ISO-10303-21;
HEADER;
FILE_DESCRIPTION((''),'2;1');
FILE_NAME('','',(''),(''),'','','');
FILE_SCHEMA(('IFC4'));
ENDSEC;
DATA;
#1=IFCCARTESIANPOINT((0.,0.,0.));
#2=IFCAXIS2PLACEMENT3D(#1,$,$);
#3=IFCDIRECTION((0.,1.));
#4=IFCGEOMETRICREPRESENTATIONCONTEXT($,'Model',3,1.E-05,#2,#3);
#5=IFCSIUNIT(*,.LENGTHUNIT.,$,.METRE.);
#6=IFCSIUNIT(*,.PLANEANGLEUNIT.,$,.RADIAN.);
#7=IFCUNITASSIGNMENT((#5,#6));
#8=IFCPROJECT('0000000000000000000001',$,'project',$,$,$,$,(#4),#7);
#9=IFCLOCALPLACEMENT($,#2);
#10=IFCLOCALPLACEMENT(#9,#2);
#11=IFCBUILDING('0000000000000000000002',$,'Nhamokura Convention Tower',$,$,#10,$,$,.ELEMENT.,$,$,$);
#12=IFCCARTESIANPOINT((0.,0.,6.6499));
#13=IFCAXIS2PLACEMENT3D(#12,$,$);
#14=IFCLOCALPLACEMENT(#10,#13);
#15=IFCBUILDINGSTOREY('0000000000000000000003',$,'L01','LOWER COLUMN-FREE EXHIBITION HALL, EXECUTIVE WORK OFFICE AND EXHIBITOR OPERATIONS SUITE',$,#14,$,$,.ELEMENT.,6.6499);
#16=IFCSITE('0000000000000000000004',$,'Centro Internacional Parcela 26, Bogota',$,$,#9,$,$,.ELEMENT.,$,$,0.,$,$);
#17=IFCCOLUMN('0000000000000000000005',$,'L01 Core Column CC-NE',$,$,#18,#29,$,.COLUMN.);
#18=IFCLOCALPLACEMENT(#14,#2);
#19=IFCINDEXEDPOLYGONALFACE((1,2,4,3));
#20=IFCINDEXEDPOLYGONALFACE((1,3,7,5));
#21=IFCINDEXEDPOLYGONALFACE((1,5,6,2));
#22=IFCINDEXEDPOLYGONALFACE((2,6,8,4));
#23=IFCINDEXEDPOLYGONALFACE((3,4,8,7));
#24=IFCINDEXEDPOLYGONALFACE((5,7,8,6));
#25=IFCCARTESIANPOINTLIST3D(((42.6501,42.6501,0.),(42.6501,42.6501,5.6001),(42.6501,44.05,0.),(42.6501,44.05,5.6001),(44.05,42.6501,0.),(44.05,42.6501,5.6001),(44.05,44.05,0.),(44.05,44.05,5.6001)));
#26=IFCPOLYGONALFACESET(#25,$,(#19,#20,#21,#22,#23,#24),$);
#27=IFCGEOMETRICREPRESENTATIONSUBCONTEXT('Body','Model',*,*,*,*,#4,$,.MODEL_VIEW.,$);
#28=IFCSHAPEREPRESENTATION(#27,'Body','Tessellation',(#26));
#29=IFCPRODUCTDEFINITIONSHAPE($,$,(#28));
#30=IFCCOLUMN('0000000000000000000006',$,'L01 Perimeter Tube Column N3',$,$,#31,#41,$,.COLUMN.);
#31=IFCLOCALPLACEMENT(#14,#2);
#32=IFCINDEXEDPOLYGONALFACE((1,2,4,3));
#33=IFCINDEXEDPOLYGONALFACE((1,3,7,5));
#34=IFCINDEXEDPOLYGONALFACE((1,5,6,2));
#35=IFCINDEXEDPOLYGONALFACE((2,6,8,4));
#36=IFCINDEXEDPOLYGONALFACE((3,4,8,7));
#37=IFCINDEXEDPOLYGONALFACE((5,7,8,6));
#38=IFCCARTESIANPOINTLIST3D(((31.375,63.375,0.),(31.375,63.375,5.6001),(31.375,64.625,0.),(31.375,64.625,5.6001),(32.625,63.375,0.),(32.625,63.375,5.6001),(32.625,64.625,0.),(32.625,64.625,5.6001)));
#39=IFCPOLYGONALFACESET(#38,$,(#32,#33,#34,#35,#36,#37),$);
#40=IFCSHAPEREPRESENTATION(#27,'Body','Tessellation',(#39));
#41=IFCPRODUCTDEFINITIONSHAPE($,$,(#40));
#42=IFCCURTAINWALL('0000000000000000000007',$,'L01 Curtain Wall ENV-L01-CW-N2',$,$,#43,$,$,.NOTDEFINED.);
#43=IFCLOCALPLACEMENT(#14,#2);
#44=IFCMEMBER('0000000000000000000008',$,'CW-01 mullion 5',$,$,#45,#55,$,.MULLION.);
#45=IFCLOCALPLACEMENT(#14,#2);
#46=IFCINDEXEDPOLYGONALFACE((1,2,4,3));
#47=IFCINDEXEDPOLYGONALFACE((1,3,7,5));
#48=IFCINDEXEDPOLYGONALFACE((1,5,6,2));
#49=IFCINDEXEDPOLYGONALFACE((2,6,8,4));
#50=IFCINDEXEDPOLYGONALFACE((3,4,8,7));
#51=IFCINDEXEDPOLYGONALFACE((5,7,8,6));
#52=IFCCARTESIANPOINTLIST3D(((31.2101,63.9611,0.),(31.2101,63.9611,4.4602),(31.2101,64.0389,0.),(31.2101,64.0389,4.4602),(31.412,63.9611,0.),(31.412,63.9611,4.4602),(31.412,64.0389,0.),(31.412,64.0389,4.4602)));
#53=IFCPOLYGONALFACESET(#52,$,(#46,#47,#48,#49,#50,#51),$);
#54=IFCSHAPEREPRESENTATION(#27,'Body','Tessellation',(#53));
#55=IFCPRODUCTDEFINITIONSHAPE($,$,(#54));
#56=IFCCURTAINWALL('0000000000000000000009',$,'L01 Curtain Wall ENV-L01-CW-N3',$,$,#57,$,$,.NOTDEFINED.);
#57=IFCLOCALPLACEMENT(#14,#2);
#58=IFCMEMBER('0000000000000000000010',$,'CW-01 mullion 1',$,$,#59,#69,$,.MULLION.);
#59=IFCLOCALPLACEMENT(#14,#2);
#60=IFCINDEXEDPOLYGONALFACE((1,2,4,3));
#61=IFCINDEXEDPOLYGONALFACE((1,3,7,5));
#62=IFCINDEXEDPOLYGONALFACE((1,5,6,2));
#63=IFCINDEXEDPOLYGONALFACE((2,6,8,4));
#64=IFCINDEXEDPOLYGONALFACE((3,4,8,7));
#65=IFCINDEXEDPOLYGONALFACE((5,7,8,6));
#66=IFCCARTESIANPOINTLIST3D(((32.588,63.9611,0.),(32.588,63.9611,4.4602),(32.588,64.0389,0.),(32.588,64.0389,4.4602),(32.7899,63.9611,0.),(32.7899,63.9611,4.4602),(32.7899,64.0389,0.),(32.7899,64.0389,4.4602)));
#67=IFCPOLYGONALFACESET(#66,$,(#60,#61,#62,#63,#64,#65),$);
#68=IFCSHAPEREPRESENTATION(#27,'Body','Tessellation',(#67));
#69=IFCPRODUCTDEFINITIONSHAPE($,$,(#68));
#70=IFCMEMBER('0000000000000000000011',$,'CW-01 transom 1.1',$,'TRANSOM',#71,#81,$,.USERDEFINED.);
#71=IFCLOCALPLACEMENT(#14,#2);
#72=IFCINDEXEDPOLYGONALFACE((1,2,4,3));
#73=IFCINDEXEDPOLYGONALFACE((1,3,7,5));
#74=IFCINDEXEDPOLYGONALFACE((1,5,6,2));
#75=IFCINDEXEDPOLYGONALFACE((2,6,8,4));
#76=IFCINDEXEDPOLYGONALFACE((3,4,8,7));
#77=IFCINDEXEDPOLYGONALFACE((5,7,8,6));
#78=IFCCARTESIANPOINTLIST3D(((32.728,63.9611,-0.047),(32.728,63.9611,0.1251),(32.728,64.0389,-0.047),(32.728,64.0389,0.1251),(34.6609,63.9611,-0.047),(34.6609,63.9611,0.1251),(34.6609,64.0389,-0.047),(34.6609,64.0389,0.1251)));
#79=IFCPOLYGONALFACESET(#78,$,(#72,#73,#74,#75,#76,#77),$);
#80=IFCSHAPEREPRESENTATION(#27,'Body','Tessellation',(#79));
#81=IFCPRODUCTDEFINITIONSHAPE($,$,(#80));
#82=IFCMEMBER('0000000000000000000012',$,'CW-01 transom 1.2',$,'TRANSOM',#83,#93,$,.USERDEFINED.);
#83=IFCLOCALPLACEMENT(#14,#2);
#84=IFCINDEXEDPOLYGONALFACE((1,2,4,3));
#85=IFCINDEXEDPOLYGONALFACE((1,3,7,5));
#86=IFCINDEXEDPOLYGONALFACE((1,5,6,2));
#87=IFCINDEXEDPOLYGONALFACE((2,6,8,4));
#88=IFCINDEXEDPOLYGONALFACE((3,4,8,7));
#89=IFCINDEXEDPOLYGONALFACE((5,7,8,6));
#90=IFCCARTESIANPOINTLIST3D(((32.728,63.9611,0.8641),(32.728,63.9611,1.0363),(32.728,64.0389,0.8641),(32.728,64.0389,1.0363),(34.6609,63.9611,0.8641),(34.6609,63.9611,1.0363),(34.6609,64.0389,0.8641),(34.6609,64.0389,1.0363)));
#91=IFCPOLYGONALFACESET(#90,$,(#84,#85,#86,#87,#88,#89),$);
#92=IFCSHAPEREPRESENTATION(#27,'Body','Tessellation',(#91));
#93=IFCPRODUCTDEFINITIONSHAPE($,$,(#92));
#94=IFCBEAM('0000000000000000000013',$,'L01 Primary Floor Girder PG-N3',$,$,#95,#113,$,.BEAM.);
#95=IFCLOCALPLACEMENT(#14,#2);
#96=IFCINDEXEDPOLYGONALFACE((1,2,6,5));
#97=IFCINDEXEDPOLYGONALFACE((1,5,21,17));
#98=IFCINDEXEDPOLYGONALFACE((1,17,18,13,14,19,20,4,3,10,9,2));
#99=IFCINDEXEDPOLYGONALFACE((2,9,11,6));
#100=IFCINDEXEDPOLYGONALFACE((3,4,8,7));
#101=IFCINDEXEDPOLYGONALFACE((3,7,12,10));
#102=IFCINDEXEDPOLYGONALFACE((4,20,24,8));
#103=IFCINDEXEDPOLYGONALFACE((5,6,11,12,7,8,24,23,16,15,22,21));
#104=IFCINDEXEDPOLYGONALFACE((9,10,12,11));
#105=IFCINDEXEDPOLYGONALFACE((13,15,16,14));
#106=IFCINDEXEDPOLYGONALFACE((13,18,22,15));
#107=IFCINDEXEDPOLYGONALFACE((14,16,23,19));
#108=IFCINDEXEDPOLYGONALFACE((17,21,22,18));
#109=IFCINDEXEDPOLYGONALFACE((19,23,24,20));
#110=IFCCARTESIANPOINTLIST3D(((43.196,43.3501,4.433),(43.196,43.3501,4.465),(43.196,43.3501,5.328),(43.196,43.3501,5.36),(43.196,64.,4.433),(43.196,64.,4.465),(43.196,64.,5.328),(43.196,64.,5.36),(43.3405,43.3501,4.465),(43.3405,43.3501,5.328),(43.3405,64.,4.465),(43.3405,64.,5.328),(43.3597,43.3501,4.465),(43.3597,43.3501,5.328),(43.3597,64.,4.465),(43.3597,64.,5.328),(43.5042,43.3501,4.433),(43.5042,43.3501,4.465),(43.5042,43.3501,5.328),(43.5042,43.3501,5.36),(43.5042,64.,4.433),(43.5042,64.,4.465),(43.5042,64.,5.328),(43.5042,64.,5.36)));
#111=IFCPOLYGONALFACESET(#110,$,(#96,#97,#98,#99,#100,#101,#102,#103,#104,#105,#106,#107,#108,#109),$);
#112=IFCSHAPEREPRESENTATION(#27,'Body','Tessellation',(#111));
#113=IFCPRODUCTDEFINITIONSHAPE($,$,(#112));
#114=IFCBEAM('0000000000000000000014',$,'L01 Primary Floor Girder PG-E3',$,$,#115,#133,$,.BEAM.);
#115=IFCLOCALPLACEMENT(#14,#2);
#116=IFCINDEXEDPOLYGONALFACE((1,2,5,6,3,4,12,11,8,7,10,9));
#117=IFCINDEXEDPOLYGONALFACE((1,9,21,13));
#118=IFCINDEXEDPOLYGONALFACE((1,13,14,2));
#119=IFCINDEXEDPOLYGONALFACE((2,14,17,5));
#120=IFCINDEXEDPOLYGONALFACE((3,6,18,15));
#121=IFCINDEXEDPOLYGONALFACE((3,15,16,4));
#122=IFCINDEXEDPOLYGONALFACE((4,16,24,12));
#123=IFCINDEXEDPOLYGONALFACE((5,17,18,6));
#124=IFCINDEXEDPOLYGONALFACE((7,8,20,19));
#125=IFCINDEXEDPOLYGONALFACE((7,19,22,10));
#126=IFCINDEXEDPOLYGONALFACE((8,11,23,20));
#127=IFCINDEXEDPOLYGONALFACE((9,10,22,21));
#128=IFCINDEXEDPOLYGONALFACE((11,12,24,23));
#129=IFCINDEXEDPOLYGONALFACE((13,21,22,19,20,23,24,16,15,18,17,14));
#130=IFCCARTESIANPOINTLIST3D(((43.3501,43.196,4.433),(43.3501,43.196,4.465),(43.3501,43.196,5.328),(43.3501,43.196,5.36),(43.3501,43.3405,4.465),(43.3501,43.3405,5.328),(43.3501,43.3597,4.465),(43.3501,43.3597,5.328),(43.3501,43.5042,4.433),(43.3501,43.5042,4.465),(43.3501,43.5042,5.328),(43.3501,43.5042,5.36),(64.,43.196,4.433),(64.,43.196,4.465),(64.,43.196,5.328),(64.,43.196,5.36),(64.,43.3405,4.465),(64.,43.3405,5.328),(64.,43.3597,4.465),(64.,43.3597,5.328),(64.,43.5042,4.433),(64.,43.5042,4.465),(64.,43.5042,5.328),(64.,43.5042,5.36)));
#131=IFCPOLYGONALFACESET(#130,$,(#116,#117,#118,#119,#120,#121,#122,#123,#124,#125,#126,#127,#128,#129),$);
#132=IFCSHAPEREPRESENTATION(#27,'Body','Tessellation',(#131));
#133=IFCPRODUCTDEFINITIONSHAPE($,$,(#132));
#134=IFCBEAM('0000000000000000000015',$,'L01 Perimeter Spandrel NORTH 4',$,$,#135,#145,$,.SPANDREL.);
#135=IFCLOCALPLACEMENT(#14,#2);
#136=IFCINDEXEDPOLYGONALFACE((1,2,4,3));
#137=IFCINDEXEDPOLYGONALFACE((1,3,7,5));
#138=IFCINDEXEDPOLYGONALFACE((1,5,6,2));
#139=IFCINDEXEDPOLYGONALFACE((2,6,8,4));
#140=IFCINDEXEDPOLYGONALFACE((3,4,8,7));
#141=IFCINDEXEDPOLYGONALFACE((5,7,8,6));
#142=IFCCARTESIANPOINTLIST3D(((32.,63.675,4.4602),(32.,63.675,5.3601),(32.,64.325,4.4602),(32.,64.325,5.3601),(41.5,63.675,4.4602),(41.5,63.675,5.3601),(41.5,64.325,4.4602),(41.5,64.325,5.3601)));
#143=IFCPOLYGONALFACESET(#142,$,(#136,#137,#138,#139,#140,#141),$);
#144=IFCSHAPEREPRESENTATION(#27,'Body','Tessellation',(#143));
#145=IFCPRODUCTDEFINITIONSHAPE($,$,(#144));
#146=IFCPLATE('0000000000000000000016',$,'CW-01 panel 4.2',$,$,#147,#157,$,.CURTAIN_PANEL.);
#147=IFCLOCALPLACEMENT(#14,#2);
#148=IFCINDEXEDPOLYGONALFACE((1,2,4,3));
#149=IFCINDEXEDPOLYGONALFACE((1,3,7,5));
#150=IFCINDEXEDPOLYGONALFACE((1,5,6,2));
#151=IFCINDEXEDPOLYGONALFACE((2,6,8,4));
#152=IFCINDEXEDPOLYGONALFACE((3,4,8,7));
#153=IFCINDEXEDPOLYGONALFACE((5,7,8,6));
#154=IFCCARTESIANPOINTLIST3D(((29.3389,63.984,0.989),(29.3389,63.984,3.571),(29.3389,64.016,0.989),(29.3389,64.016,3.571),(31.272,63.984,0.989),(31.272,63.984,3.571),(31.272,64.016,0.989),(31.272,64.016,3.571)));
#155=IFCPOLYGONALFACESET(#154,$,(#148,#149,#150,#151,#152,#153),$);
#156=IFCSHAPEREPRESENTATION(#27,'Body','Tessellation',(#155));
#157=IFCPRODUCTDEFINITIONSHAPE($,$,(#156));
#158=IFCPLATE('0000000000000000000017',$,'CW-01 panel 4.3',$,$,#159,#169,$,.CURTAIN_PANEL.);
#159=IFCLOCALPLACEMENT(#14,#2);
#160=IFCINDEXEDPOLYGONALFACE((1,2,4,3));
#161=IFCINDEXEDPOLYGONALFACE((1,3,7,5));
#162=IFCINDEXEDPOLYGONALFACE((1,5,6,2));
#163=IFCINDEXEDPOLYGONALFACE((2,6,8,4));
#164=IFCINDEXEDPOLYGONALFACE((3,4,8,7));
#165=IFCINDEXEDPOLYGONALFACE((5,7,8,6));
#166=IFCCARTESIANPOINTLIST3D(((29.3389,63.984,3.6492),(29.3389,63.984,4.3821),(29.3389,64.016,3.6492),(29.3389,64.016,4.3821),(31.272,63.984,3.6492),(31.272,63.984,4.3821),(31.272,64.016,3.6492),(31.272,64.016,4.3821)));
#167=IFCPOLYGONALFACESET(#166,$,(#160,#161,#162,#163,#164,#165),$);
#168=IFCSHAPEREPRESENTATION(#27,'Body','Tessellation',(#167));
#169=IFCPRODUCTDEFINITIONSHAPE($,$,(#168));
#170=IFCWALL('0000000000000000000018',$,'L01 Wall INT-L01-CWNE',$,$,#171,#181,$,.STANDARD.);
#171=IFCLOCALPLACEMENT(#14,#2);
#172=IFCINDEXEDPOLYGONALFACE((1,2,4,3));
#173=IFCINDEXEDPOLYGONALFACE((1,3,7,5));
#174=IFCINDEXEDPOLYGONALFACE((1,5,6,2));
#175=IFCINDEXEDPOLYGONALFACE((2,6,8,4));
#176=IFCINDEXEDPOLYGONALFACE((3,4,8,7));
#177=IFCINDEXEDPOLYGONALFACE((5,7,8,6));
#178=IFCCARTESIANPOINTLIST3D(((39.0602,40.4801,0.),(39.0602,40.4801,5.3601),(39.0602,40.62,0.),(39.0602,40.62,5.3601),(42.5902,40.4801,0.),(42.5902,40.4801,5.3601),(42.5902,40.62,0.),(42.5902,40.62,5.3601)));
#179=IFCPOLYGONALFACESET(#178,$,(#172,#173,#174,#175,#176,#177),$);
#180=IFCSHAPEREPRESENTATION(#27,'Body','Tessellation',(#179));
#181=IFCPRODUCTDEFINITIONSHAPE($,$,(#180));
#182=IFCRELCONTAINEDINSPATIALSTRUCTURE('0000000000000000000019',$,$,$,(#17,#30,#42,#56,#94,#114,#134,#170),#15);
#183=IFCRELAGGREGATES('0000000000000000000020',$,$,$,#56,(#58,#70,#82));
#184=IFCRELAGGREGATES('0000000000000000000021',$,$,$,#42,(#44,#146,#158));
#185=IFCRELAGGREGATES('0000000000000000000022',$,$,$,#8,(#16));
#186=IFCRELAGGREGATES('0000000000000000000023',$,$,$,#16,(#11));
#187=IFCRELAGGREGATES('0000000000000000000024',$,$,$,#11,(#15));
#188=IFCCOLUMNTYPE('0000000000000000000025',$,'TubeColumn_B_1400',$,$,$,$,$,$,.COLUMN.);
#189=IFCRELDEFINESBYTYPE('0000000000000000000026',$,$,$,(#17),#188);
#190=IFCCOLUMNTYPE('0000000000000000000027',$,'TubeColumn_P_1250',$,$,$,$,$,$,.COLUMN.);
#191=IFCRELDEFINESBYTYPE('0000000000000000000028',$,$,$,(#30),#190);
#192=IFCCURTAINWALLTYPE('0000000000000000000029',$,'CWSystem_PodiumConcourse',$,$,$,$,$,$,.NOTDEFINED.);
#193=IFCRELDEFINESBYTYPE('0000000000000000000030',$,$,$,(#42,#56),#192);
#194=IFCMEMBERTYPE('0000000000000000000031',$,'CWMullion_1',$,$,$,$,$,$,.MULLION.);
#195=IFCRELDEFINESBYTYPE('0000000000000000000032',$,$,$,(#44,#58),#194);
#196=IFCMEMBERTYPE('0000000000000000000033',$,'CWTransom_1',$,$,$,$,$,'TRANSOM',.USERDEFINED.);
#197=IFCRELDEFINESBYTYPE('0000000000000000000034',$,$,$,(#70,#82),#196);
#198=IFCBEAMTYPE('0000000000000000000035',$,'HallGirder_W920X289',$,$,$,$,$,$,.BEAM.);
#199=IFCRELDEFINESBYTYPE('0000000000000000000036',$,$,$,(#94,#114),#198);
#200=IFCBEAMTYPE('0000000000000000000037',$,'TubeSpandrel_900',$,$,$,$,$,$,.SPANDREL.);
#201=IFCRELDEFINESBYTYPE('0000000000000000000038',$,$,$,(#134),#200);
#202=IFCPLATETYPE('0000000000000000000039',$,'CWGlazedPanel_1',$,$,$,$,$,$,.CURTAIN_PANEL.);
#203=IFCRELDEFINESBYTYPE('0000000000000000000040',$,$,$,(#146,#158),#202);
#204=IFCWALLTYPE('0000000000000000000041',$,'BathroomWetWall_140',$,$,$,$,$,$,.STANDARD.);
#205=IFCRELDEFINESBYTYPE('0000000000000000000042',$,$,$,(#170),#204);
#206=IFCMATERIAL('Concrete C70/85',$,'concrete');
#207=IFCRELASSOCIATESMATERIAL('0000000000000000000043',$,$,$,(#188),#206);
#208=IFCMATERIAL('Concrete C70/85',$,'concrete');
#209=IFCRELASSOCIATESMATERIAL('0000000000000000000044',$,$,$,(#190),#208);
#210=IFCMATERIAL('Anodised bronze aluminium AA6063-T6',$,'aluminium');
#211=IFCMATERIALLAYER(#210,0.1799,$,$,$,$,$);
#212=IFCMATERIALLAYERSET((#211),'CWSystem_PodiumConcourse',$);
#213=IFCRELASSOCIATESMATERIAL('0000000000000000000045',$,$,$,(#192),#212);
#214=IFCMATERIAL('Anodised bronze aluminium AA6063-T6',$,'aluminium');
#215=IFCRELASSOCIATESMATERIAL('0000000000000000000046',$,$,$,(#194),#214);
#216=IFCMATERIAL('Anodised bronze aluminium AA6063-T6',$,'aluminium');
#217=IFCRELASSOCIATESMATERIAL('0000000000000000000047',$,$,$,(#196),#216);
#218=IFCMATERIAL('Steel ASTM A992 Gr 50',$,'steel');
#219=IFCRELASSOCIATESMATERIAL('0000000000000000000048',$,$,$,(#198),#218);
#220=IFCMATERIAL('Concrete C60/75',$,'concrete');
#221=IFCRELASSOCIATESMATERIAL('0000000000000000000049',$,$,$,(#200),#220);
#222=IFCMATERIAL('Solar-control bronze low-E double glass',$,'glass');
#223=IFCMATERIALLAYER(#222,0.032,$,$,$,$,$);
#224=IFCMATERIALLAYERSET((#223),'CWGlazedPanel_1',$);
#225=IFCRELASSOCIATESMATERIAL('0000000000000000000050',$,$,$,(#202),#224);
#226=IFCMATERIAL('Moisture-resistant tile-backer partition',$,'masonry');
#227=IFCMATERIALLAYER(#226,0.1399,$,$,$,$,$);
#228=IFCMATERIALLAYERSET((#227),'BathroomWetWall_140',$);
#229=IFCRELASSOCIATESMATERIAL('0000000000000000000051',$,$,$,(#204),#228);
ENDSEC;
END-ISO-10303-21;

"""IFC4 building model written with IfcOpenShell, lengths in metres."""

from ifc_helpers import new_model, si_unit, direction, frame, frame_2d, origin, origin_2d, place, context, subcontext, project, spatial, rectangle, i_section, extrude, material, layer, layer_set, material_profile, profile_set, type_object, element, aggregate, save


model = new_model("IFC4")

# Units and contexts
model_context = context("Model", 3, precision=1e-05, world=origin(), true_north=direction((0.0, 1.0)))
body_context = subcontext(model_context, "Body", "Model", "MODEL_VIEW")
ifc_project = project(units=[si_unit("LENGTHUNIT", "METRE"), si_unit("PLANEANGLEUNIT", "RADIAN")], contexts=[model_context])

# Site, building, storey
site_placement = place(None, origin())
site = spatial("IfcSite", under=ifc_project, at=site_placement, Name="Centro Internacional Parcela 26, Bogota", CompositionType="ELEMENT", RefElevation=0.0)
building_placement = place(site_placement, origin())
building = spatial("IfcBuilding", under=site, at=building_placement, Name="Nhamokura Convention Tower", CompositionType="ELEMENT")
storey_placement = place(building_placement, frame((0.0, 0.0, 6.6499)))
storey = spatial("IfcBuildingStorey", under=building, at=storey_placement, Name="L01", Description="LOWER COLUMN-FREE EXHIBITION HALL, EXECUTIVE WORK OFFICE AND EXHIBITOR OPERATIONS SUITE", CompositionType="ELEMENT", Elevation=6.6499)

# Columns
ifc_material_1 = material(Name="Concrete C70/85", Category="concrete")
ifc_material_profile_1 = material_profile(ifc_material_1, rectangle(XDim=1.3999, YDim=1.3999, at=origin_2d()))
ifc_profile_set_1 = profile_set([ifc_material_profile_1], Name="Concrete C70/85")
column_type_1 = type_object("IfcColumnType", Name="TubeColumn_B_1400", PredefinedType="COLUMN", material=ifc_profile_set_1)
column_1_placement = place(storey_placement, frame((43.3501, 43.3501, 0.0), z_axis=(0.0, 0.0, 1.0), x_axis=(1.0, 0.0, 0.0)))
element("IfcColumn", 1, at=column_1_placement, inside=storey, type_object=column_type_1, Name="L01 Core Column CC-NE", PredefinedType="COLUMN", context=body_context, shape_type="SweptSolid", body=[
    extrude(rectangle(XDim=1.3999, YDim=1.3999, at=origin_2d()), origin(), (0.0, 0.0, 1.0), 5.6001),
])
ifc_material_2 = material(Name="Concrete C70/85", Category="concrete")
ifc_material_profile_2 = material_profile(ifc_material_2, rectangle(XDim=1.25, YDim=1.25, at=origin_2d()))
ifc_profile_set_2 = profile_set([ifc_material_profile_2], Name="Concrete C70/85")
column_type_2 = type_object("IfcColumnType", Name="TubeColumn_P_1250", PredefinedType="COLUMN", material=ifc_profile_set_2)
column_2_placement = place(storey_placement, frame((32.0, 64.0, 0.0), z_axis=(0.0, 0.0, 1.0), x_axis=(1.0, 0.0, 0.0)))
element("IfcColumn", 2, at=column_2_placement, inside=storey, type_object=column_type_2, Name="L01 Perimeter Tube Column N3", PredefinedType="COLUMN", context=body_context, shape_type="SweptSolid", body=[
    extrude(rectangle(XDim=1.25, YDim=1.25, at=origin_2d()), origin(), (0.0, 0.0, 1.0), 5.6001),
])

# Curtain wall, member
ifc_material_3 = material(Name="Anodised bronze aluminium AA6063-T6", Category="aluminium")
ifc_layer_1 = layer(ifc_material_3, 0.1799)
ifc_layer_set_1 = layer_set([ifc_layer_1], Name="CWSystem_PodiumConcourse")
curtain_wall_type = type_object("IfcCurtainWallType", Name="CWSystem_PodiumConcourse", PredefinedType="NOTDEFINED", material=ifc_layer_set_1)
curtain_wall_1_placement = place(storey_placement, origin())
curtain_wall_1 = element("IfcCurtainWall", 3, at=curtain_wall_1_placement, inside=storey, type_object=curtain_wall_type, Name="L01 Curtain Wall ENV-L01-CW-N2", PredefinedType="NOTDEFINED")
ifc_material_4 = material(Name="Anodised bronze aluminium AA6063-T6", Category="aluminium")
ifc_material_profile_3 = material_profile(ifc_material_4, rectangle(XDim=0.0779, YDim=0.2019, at=origin_2d()))
ifc_profile_set_3 = profile_set([ifc_material_profile_3], Name="Anodised bronze aluminium AA6063-T6")
member_type_1 = type_object("IfcMemberType", Name="CWMullion_1", PredefinedType="MULLION", material=ifc_profile_set_3)
member_1_placement = place(storey_placement, frame((31.311, 64.0, 0.0), z_axis=(0.0, 0.0, 1.0), x_axis=(0.0, 1.0, 0.0)))
member_1 = element("IfcMember", 4, at=member_1_placement, type_object=member_type_1, Name="CW-01 mullion 5", PredefinedType="MULLION", context=body_context, shape_type="SweptSolid", body=[
    extrude(rectangle(XDim=0.0779, YDim=0.2019, at=origin_2d()), origin(), (0.0, 0.0, 1.0), 4.4602),
])

# Curtain wall, members
curtain_wall_2_placement = place(storey_placement, origin())
curtain_wall_2 = element("IfcCurtainWall", 5, at=curtain_wall_2_placement, inside=storey, type_object=curtain_wall_type, Name="L01 Curtain Wall ENV-L01-CW-N3", PredefinedType="NOTDEFINED")
member_2_placement = place(storey_placement, frame((32.689, 64.0, 0.0), z_axis=(0.0, 0.0, 1.0), x_axis=(0.0, 1.0, 0.0)))
member_2 = element("IfcMember", 6, at=member_2_placement, type_object=member_type_1, Name="CW-01 mullion 1", PredefinedType="MULLION", context=body_context, shape_type="SweptSolid", body=[
    extrude(rectangle(XDim=0.0779, YDim=0.2019, at=origin_2d()), origin(), (0.0, 0.0, 1.0), 4.4602),
])
ifc_material_5 = material(Name="Anodised bronze aluminium AA6063-T6", Category="aluminium")
ifc_material_profile_4 = material_profile(ifc_material_5, rectangle(XDim=0.0779, YDim=0.1721, at=origin_2d()))
ifc_profile_set_4 = profile_set([ifc_material_profile_4], Name="Anodised bronze aluminium AA6063-T6")
member_type_2 = type_object("IfcMemberType", Name="CWTransom_1", ElementType="TRANSOM", PredefinedType="USERDEFINED", material=ifc_profile_set_4)
member_3_placement = place(storey_placement, frame((32.728, 64.0, 0.0391), z_axis=(1.0, 0.0, 0.0), x_axis=(0.0, 1.0, 0.0)))
member_3 = element("IfcMember", 7, at=member_3_placement, type_object=member_type_2, Name="CW-01 transom 1.1", ObjectType="TRANSOM", PredefinedType="USERDEFINED", context=body_context, shape_type="SweptSolid", body=[
    extrude(rectangle(XDim=0.0779, YDim=0.1721, at=origin_2d()), origin(), (0.0, 0.0, 1.0), 1.9329),
])
member_4_placement = place(storey_placement, frame((32.728, 64.0, 0.9502), z_axis=(1.0, 0.0, 0.0), x_axis=(0.0, 1.0, 0.0)))
member_4 = element("IfcMember", 8, at=member_4_placement, type_object=member_type_2, Name="CW-01 transom 1.2", ObjectType="TRANSOM", PredefinedType="USERDEFINED", context=body_context, shape_type="SweptSolid", body=[
    extrude(rectangle(XDim=0.0779, YDim=0.1721, at=origin_2d()), origin(), (0.0, 0.0, 1.0), 1.9329),
])
aggregate(curtain_wall_2, [member_2, member_3, member_4])

# Beams
ifc_material_6 = material(Name="Steel ASTM A992 Gr 50", Category="steel")
ifc_material_profile_5 = material_profile(ifc_material_6, i_section(OverallWidth=0.3081, OverallDepth=0.927, WebThickness=0.0193, FlangeThickness=0.032, at=origin_2d()))
ifc_profile_set_5 = profile_set([ifc_material_profile_5], Name="Steel ASTM A992 Gr 50")
beam_type_1 = type_object("IfcBeamType", Name="HallGirder_W920X289", PredefinedType="BEAM", material=ifc_profile_set_5)
for number, where, z_axis, x_axis, name in (
    (9, (43.3501, 43.3501, 4.8965), (0.0, 1.0, 0.0), (-1.0, 0.0, 0.0), "L01 Primary Floor Girder PG-N3"),
    (10, (43.3501, 43.3501, 4.8965), (1.0, 0.0, 0.0), (0.0, 1.0, 0.0), "L01 Primary Floor Girder PG-E3"),
):
    element("IfcBeam", number, at=place(storey_placement, frame(where, z_axis=z_axis, x_axis=x_axis)), inside=storey, type_object=beam_type_1, Name=name, PredefinedType="BEAM", context=body_context, shape_type="SweptSolid", body=[
        extrude(i_section(OverallWidth=0.3081, OverallDepth=0.927, WebThickness=0.0193, FlangeThickness=0.032, at=origin_2d()), origin(), (0.0, 0.0, 1.0), 20.6499),
    ])
ifc_material_7 = material(Name="Concrete C60/75", Category="concrete")
ifc_material_profile_6 = material_profile(ifc_material_7, rectangle(XDim=0.6499, YDim=0.8999, at=origin_2d()))
ifc_profile_set_6 = profile_set([ifc_material_profile_6], Name="Concrete C60/75")
beam_type_2 = type_object("IfcBeamType", Name="TubeSpandrel_900", PredefinedType="SPANDREL", material=ifc_profile_set_6)
beam_placement = place(storey_placement, frame((32.0, 64.0, 4.9102), z_axis=(1.0, 0.0, 0.0), x_axis=(0.0, 1.0, 0.0)))
element("IfcBeam", 11, at=beam_placement, inside=storey, type_object=beam_type_2, Name="L01 Perimeter Spandrel NORTH 4", PredefinedType="SPANDREL", context=body_context, shape_type="SweptSolid", body=[
    extrude(rectangle(XDim=0.6499, YDim=0.8999, at=origin_2d()), origin(), (0.0, 0.0, 1.0), 9.5),
])

# Plates
ifc_material_8 = material(Name="Solar-control bronze low-E double glass", Category="glass")
ifc_layer_2 = layer(ifc_material_8, 0.032)
ifc_layer_set_2 = layer_set([ifc_layer_2], Name="CWGlazedPanel_1")
plate_type = type_object("IfcPlateType", Name="CWGlazedPanel_1", PredefinedType="CURTAIN_PANEL", material=ifc_layer_set_2)
plate_1_placement = place(storey_placement, frame((30.3054, 64.0, 0.989), z_axis=(0.0, 0.0, 1.0), x_axis=(1.0, 0.0, 0.0)))
plate_1 = element("IfcPlate", 12, at=plate_1_placement, type_object=plate_type, Name="CW-01 panel 4.2", PredefinedType="CURTAIN_PANEL", context=body_context, shape_type="SweptSolid", body=[
    extrude(rectangle(XDim=1.9331, YDim=0.032, at=origin_2d()), origin(), (0.0, 0.0, 1.0), 2.582),
])
plate_2_placement = place(storey_placement, frame((30.3054, 64.0, 3.6492), z_axis=(0.0, 0.0, 1.0), x_axis=(1.0, 0.0, 0.0)))
plate_2 = element("IfcPlate", 13, at=plate_2_placement, type_object=plate_type, Name="CW-01 panel 4.3", PredefinedType="CURTAIN_PANEL", context=body_context, shape_type="SweptSolid", body=[
    extrude(rectangle(XDim=1.9331, YDim=0.032, at=origin_2d()), origin(), (0.0, 0.0, 1.0), 0.7329),
])
aggregate(curtain_wall_1, [member_1, plate_1, plate_2])

# Wall
ifc_material_9 = material(Name="Moisture-resistant tile-backer partition", Category="masonry")
ifc_layer_3 = layer(ifc_material_9, 0.1399)
ifc_layer_set_3 = layer_set([ifc_layer_3], Name="BathroomWetWall_140")
wall_type_1 = type_object("IfcWallType", Name="BathroomWetWall_140", PredefinedType="STANDARD", material=ifc_layer_set_3)
wall_1_placement = place(storey_placement, frame((39.0601, 40.55, 0.0), z_axis=(0.0, 0.0, 1.0), x_axis=(1.0, 0.0, 0.0)))
element("IfcWall", 14, at=wall_1_placement, inside=storey, type_object=wall_type_1, Name="L01 Wall INT-L01-CWNE", PredefinedType="STANDARD", context=body_context, shape_type="SweptSolid", body=[
    extrude(rectangle(XDim=3.53, YDim=0.1399, at=frame_2d((1.7651, 0.0))), origin(), (0.0, 0.0, 1.0), 5.3601),
])

save(model, "model.ifc")
